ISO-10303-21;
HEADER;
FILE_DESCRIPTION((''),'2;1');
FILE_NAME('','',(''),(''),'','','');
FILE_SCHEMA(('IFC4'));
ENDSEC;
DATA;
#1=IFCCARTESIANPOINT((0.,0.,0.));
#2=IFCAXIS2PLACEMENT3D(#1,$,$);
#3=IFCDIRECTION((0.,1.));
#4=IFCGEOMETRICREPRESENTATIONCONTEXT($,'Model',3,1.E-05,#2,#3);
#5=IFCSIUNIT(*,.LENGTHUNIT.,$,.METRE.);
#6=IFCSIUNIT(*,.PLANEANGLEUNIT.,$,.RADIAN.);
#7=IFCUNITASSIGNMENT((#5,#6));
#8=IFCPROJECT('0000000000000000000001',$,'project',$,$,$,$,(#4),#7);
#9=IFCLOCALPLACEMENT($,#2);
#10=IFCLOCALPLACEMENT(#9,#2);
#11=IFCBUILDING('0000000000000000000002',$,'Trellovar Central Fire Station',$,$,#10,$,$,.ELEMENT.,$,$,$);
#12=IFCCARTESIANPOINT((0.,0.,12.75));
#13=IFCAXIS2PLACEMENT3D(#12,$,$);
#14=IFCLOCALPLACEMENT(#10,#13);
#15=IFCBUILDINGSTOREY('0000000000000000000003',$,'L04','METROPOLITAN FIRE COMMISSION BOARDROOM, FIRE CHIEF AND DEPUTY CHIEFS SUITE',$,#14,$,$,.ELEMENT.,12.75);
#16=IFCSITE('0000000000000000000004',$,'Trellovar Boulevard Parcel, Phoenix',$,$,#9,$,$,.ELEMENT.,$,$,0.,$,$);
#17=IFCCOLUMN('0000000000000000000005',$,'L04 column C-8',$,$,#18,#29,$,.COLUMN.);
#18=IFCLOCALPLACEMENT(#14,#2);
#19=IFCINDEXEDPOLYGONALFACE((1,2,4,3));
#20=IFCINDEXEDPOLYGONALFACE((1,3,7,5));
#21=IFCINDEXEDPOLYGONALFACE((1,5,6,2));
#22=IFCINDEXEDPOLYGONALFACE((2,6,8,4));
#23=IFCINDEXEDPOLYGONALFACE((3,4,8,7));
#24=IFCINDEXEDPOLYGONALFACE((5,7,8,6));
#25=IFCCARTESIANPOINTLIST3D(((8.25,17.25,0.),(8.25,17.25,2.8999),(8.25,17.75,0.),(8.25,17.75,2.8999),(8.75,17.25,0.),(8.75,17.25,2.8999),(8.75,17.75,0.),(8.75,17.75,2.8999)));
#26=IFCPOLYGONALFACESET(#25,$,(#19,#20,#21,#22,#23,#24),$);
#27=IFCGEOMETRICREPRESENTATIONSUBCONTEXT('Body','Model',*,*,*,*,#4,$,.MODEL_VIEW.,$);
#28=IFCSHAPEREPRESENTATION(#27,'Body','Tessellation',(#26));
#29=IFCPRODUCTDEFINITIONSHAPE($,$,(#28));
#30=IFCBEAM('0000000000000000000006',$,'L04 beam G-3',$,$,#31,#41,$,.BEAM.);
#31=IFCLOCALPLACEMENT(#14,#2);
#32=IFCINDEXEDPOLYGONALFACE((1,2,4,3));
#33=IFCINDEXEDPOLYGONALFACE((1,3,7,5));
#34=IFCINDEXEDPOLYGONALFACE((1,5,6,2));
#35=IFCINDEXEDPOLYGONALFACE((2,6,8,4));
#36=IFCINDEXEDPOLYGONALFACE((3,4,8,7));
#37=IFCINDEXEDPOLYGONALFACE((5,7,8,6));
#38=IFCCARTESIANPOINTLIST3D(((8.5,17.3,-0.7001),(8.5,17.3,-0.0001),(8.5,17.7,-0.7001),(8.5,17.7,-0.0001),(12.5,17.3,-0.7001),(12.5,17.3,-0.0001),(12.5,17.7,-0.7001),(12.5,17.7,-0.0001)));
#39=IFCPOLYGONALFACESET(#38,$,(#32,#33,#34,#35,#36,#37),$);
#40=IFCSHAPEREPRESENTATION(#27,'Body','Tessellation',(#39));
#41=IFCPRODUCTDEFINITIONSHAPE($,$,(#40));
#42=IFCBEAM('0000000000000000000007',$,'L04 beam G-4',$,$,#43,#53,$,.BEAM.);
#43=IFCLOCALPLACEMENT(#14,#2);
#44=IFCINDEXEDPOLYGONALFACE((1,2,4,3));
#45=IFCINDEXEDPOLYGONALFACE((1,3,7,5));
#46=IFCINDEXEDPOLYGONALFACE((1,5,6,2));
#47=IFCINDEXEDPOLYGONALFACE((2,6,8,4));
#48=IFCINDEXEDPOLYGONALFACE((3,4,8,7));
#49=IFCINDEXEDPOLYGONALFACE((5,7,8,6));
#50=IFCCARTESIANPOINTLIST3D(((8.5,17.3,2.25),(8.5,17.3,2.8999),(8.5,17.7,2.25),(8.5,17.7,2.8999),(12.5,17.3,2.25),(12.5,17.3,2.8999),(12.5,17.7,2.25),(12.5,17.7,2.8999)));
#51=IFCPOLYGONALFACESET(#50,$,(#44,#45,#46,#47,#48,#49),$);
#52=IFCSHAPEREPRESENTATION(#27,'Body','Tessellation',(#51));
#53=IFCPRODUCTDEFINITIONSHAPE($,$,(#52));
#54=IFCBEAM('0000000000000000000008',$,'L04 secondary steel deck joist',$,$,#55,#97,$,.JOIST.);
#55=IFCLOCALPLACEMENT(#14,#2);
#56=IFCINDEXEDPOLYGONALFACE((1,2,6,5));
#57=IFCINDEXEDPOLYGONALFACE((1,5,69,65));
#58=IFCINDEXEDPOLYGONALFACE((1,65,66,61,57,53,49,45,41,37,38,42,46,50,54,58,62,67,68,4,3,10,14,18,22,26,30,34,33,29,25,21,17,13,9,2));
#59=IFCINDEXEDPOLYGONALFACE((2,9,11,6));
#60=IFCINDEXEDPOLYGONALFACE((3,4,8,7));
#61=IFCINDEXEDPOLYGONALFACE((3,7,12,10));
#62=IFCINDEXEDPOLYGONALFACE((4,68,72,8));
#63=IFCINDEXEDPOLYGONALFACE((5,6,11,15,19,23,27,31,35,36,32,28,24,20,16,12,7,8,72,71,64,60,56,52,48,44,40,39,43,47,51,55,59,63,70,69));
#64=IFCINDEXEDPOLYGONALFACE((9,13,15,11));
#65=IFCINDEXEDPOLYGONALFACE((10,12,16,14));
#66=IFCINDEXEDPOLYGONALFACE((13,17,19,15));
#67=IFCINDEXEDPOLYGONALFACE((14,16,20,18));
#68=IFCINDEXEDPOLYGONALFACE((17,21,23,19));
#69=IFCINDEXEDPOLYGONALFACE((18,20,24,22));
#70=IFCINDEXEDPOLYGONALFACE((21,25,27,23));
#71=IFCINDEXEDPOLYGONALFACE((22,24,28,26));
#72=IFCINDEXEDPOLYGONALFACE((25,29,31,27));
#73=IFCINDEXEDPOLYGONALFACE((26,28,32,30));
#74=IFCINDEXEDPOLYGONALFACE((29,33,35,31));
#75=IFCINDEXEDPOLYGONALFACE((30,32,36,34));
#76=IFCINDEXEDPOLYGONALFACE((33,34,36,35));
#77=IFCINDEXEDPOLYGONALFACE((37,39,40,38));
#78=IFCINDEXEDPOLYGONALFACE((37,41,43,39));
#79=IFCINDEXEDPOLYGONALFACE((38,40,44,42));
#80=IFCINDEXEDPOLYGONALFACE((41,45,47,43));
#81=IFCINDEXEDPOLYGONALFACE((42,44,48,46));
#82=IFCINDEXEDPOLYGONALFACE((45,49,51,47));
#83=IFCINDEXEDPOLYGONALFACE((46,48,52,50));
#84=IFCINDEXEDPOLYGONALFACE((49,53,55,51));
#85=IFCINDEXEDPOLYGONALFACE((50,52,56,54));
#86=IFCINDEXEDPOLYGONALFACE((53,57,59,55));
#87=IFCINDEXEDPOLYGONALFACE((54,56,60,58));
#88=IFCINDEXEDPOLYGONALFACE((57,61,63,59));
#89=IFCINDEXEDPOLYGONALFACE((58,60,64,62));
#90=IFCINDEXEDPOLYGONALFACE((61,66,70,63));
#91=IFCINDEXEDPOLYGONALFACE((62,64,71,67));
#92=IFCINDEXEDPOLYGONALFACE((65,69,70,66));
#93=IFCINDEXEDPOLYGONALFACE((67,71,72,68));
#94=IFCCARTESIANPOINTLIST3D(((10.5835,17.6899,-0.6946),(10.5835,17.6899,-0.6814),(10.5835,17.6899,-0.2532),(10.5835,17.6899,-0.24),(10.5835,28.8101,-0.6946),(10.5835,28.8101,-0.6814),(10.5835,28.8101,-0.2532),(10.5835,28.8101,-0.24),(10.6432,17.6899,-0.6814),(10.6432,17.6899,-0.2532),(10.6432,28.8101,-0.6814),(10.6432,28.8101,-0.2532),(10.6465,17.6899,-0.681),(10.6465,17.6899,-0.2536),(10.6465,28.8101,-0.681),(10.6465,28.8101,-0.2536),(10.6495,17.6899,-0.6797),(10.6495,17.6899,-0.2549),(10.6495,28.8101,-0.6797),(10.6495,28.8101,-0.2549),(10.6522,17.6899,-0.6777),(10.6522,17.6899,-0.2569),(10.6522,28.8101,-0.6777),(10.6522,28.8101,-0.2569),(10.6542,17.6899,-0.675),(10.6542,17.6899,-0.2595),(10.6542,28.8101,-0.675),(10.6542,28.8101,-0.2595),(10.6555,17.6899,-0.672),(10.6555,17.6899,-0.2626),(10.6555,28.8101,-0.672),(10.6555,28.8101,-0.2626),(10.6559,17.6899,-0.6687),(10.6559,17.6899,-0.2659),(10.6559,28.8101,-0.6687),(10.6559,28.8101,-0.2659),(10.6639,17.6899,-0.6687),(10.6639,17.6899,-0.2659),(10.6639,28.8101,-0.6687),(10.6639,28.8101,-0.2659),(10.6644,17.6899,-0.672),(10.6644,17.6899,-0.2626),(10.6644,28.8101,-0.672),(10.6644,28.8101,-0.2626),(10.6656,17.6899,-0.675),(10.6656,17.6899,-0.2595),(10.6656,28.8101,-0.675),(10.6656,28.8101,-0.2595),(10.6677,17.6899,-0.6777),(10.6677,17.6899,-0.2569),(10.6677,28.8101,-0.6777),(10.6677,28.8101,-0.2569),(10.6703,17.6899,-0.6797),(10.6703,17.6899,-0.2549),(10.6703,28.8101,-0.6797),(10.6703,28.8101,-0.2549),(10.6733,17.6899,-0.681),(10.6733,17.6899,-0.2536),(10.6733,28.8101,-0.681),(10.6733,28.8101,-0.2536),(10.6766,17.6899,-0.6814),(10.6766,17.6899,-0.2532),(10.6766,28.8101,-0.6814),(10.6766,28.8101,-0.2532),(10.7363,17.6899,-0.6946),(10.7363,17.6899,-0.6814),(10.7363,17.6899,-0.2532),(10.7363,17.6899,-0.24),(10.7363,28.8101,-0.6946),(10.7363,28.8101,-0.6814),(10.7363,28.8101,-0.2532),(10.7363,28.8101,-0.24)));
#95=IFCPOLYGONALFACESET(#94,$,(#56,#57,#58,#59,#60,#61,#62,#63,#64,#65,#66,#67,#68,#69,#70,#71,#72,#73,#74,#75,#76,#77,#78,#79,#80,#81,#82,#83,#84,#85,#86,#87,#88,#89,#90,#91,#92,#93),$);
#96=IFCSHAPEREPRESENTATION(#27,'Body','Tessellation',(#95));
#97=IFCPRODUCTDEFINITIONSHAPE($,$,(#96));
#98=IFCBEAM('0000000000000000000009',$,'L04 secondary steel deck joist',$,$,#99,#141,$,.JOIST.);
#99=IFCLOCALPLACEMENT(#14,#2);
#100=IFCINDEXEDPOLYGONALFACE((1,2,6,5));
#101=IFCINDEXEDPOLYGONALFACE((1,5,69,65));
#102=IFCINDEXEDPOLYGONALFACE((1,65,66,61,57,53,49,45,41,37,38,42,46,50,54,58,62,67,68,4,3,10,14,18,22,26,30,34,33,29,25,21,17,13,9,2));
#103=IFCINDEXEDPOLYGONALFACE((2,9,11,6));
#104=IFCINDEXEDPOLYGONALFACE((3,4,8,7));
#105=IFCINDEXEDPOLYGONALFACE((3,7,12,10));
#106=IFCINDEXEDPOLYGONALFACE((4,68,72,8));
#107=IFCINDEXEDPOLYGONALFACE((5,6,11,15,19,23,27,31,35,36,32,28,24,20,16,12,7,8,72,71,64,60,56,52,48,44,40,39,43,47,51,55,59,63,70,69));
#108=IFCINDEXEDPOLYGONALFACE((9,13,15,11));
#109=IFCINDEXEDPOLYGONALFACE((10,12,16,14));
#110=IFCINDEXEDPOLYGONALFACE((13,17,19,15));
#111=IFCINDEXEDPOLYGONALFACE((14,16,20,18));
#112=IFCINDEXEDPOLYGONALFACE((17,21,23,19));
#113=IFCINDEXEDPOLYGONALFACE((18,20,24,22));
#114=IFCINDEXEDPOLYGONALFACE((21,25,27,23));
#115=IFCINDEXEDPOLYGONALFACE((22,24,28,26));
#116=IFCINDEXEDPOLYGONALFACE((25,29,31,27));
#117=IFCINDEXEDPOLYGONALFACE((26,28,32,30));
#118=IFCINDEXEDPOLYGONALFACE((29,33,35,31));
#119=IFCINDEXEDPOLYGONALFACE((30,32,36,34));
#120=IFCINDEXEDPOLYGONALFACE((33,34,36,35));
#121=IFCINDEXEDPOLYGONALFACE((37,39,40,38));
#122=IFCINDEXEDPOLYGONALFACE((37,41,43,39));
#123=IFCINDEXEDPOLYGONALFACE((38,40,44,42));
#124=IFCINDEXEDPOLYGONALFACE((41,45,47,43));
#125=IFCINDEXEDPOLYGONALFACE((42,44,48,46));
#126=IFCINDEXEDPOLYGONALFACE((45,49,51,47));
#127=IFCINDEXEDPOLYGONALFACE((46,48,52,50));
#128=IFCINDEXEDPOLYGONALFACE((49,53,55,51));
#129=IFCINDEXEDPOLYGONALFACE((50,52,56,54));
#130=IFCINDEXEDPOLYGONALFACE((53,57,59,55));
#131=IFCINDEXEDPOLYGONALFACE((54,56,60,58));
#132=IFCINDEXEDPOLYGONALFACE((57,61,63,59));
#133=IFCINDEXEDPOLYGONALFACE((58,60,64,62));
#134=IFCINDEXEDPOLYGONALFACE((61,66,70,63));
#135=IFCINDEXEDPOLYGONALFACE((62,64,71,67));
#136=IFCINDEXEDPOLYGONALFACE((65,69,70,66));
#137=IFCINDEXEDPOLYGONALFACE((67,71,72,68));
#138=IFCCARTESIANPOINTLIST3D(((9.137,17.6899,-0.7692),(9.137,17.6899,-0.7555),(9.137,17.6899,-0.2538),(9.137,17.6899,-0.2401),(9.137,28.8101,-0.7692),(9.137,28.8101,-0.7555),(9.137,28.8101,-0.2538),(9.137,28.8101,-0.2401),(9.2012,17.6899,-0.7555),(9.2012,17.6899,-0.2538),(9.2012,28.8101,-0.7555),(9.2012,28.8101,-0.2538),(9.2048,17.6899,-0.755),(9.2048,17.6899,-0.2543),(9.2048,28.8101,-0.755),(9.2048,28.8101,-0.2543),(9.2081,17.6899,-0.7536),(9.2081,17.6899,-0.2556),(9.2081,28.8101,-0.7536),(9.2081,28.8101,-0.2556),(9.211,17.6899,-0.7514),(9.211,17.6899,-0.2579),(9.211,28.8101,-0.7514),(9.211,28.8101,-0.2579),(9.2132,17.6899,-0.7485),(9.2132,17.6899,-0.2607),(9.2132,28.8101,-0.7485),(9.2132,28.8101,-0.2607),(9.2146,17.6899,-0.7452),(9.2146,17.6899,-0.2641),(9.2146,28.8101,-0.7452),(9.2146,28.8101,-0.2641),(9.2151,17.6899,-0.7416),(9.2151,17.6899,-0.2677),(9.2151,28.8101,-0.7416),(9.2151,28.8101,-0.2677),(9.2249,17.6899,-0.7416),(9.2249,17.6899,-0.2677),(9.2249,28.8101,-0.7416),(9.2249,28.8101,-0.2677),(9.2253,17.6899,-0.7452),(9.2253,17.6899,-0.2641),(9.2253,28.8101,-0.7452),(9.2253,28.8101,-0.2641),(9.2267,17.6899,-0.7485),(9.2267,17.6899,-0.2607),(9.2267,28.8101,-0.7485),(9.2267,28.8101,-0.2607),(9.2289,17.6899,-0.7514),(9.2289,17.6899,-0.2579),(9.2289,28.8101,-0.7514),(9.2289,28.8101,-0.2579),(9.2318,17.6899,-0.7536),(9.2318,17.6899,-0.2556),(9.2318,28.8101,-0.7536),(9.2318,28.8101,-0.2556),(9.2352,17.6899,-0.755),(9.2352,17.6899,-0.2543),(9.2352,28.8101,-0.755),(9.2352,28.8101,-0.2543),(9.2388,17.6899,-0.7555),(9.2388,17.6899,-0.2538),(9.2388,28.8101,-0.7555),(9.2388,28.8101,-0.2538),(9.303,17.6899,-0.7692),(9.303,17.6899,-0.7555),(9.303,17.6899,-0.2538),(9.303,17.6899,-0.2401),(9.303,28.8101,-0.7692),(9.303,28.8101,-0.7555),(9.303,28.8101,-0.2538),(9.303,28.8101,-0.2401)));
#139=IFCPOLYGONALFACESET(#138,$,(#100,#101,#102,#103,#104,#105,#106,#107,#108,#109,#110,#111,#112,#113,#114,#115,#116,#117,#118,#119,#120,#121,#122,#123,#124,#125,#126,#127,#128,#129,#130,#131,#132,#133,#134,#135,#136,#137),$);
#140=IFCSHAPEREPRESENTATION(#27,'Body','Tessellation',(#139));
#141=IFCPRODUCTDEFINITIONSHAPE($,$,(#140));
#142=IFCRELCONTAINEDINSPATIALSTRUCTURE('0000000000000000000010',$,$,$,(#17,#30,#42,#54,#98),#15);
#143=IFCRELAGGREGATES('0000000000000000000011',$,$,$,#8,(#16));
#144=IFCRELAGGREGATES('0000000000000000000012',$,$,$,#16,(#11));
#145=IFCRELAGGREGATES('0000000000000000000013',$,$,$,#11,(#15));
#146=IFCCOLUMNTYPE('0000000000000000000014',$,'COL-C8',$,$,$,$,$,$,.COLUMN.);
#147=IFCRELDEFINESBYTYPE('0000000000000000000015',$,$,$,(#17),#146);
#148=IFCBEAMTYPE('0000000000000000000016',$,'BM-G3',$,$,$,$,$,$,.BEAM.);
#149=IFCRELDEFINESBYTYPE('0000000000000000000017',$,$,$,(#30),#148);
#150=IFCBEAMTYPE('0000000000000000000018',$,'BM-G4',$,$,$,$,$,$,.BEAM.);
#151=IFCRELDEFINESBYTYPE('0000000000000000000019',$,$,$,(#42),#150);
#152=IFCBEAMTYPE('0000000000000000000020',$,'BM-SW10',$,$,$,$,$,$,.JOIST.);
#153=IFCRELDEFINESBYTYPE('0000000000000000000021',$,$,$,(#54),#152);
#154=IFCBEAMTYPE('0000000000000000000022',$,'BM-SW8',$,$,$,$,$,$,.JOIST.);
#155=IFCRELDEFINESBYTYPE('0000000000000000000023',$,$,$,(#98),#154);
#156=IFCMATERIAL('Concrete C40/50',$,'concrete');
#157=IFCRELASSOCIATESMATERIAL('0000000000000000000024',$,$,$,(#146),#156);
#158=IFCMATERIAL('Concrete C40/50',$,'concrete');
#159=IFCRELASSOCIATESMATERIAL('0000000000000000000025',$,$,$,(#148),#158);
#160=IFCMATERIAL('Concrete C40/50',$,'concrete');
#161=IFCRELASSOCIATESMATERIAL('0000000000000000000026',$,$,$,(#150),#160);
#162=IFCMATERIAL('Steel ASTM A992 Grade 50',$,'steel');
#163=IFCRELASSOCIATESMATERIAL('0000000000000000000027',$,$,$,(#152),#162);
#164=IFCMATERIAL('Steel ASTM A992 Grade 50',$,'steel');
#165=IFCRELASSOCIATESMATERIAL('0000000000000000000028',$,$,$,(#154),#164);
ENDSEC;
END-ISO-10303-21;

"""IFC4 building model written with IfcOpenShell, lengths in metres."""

from ifc_helpers import new_model, si_unit, direction, frame, origin, origin_2d, place, context, subcontext, project, spatial, rectangle, i_section, extrude, material, material_profile, profile_set, type_object, element, save


model = new_model("IFC4")

# Units and contexts
model_context = context("Model", 3, precision=1e-05, world=origin(), true_north=direction((0.0, 1.0)))
body_context = subcontext(model_context, "Body", "Model", "MODEL_VIEW")
ifc_project = project(units=[si_unit("LENGTHUNIT", "METRE"), si_unit("PLANEANGLEUNIT", "RADIAN")], contexts=[model_context])

# Site, building, storey
site_placement = place(None, origin())
site = spatial("IfcSite", under=ifc_project, at=site_placement, Name="Trellovar Boulevard Parcel, Phoenix", CompositionType="ELEMENT", RefElevation=0.0)
building_placement = place(site_placement, origin())
building = spatial("IfcBuilding", under=site, at=building_placement, Name="Trellovar Central Fire Station", CompositionType="ELEMENT")
storey_placement = place(building_placement, frame((0.0, 0.0, 12.75)))
storey = spatial("IfcBuildingStorey", under=building, at=storey_placement, Name="L04", Description="METROPOLITAN FIRE COMMISSION BOARDROOM, FIRE CHIEF AND DEPUTY CHIEFS SUITE", CompositionType="ELEMENT", Elevation=12.75)

# Column
ifc_material_1 = material(Name="Concrete C40/50", Category="concrete")
ifc_material_profile_1 = material_profile(ifc_material_1, rectangle(XDim=0.5, YDim=0.5, at=origin_2d()), Name="RC500X500")
ifc_profile_set_1 = profile_set([ifc_material_profile_1], Name="Concrete C40/50")
column_type = type_object("IfcColumnType", Name="COL-C8", PredefinedType="COLUMN", material=ifc_profile_set_1)
column_placement = place(storey_placement, frame((8.5, 17.5, 0.0), z_axis=(0.0, 0.0, 1.0), x_axis=(1.0, 0.0, 0.0)))
element("IfcColumn", 1, at=column_placement, inside=storey, type_object=column_type, Name="L04 column C-8", PredefinedType="COLUMN", context=body_context, shape_type="SweptSolid", body=[
    extrude(rectangle(XDim=0.5, YDim=0.5, at=origin_2d()), origin(), (0.0, 0.0, 1.0), 2.8999),
])

# Beams
ifc_material_2 = material(Name="Concrete C40/50", Category="concrete")
ifc_material_profile_2 = material_profile(ifc_material_2, rectangle(XDim=0.3999, YDim=0.7, at=origin_2d()), Name="RC400X700")
ifc_profile_set_2 = profile_set([ifc_material_profile_2], Name="Concrete C40/50")
beam_type_1 = type_object("IfcBeamType", Name="BM-G3", PredefinedType="BEAM", material=ifc_profile_set_2)
beam_1_placement = place(storey_placement, frame((8.5, 17.5, -0.3501), z_axis=(1.0, 0.0, 0.0), x_axis=(0.0, 1.0, 0.0)))
element("IfcBeam", 2, at=beam_1_placement, inside=storey, type_object=beam_type_1, Name="L04 beam G-3", PredefinedType="BEAM", context=body_context, shape_type="SweptSolid", body=[
    extrude(rectangle(XDim=0.3999, YDim=0.7, at=origin_2d()), origin(), (0.0, 0.0, 1.0), 4.0),
])
ifc_material_3 = material(Name="Concrete C40/50", Category="concrete")
ifc_material_profile_3 = material_profile(ifc_material_3, rectangle(XDim=0.3999, YDim=0.6499, at=origin_2d()), Name="RC400X650")
ifc_profile_set_3 = profile_set([ifc_material_profile_3], Name="Concrete C40/50")
beam_type_2 = type_object("IfcBeamType", Name="BM-G4", PredefinedType="BEAM", material=ifc_profile_set_3)
beam_2_placement = place(storey_placement, frame((8.5, 17.5, 2.575), z_axis=(1.0, 0.0, 0.0), x_axis=(0.0, 1.0, 0.0)))
element("IfcBeam", 3, at=beam_2_placement, inside=storey, type_object=beam_type_2, Name="L04 beam G-4", PredefinedType="BEAM", context=body_context, shape_type="SweptSolid", body=[
    extrude(rectangle(XDim=0.3999, YDim=0.6499, at=origin_2d()), origin(), (0.0, 0.0, 1.0), 4.0),
])
ifc_material_4 = material(Name="Steel ASTM A992 Grade 50", Category="steel")
ifc_material_profile_4 = material_profile(ifc_material_4, i_section(OverallWidth=0.1528, OverallDepth=0.4546, WebThickness=0.0081, FlangeThickness=0.0132, FilletRadius=0.0127, at=origin_2d()), Name="W18X40")
ifc_profile_set_4 = profile_set([ifc_material_profile_4], Name="Steel ASTM A992 Grade 50")
beam_type_3 = type_object("IfcBeamType", Name="BM-SW10", PredefinedType="JOIST", material=ifc_profile_set_4)
beam_3_placement = place(storey_placement, frame((10.6599, 17.6899, -0.4673), z_axis=(0.0, 1.0, 0.0), x_axis=(-1.0, 0.0, 0.0)))
element("IfcBeam", 4, at=beam_3_placement, inside=storey, type_object=beam_type_3, Name="L04 secondary steel deck joist", PredefinedType="JOIST", context=body_context, shape_type="SweptSolid", body=[
    extrude(i_section(OverallWidth=0.1528, OverallDepth=0.4546, WebThickness=0.0081, FlangeThickness=0.0132, FilletRadius=0.0127, at=origin_2d()), origin(), (0.0, 0.0, 1.0), 11.1201),
])
ifc_material_5 = material(Name="Steel ASTM A992 Grade 50", Category="steel")
ifc_material_profile_5 = material_profile(ifc_material_5, i_section(OverallWidth=0.166, OverallDepth=0.5291, WebThickness=0.0098, FlangeThickness=0.0137, FilletRadius=0.0139, at=origin_2d()), Name="W21X50")
ifc_profile_set_5 = profile_set([ifc_material_profile_5], Name="Steel ASTM A992 Grade 50")
beam_type_4 = type_object("IfcBeamType", Name="BM-SW8", PredefinedType="JOIST", material=ifc_profile_set_5)
beam_4_placement = place(storey_placement, frame((9.22, 17.6899, -0.5046), z_axis=(0.0, 1.0, 0.0), x_axis=(-1.0, 0.0, 0.0)))
element("IfcBeam", 5, at=beam_4_placement, inside=storey, type_object=beam_type_4, Name="L04 secondary steel deck joist", PredefinedType="JOIST", context=body_context, shape_type="SweptSolid", body=[
    extrude(i_section(OverallWidth=0.166, OverallDepth=0.5291, WebThickness=0.0098, FlangeThickness=0.0137, FilletRadius=0.0139, at=origin_2d()), origin(), (0.0, 0.0, 1.0), 11.1201),
])

save(model, "model.ifc")
